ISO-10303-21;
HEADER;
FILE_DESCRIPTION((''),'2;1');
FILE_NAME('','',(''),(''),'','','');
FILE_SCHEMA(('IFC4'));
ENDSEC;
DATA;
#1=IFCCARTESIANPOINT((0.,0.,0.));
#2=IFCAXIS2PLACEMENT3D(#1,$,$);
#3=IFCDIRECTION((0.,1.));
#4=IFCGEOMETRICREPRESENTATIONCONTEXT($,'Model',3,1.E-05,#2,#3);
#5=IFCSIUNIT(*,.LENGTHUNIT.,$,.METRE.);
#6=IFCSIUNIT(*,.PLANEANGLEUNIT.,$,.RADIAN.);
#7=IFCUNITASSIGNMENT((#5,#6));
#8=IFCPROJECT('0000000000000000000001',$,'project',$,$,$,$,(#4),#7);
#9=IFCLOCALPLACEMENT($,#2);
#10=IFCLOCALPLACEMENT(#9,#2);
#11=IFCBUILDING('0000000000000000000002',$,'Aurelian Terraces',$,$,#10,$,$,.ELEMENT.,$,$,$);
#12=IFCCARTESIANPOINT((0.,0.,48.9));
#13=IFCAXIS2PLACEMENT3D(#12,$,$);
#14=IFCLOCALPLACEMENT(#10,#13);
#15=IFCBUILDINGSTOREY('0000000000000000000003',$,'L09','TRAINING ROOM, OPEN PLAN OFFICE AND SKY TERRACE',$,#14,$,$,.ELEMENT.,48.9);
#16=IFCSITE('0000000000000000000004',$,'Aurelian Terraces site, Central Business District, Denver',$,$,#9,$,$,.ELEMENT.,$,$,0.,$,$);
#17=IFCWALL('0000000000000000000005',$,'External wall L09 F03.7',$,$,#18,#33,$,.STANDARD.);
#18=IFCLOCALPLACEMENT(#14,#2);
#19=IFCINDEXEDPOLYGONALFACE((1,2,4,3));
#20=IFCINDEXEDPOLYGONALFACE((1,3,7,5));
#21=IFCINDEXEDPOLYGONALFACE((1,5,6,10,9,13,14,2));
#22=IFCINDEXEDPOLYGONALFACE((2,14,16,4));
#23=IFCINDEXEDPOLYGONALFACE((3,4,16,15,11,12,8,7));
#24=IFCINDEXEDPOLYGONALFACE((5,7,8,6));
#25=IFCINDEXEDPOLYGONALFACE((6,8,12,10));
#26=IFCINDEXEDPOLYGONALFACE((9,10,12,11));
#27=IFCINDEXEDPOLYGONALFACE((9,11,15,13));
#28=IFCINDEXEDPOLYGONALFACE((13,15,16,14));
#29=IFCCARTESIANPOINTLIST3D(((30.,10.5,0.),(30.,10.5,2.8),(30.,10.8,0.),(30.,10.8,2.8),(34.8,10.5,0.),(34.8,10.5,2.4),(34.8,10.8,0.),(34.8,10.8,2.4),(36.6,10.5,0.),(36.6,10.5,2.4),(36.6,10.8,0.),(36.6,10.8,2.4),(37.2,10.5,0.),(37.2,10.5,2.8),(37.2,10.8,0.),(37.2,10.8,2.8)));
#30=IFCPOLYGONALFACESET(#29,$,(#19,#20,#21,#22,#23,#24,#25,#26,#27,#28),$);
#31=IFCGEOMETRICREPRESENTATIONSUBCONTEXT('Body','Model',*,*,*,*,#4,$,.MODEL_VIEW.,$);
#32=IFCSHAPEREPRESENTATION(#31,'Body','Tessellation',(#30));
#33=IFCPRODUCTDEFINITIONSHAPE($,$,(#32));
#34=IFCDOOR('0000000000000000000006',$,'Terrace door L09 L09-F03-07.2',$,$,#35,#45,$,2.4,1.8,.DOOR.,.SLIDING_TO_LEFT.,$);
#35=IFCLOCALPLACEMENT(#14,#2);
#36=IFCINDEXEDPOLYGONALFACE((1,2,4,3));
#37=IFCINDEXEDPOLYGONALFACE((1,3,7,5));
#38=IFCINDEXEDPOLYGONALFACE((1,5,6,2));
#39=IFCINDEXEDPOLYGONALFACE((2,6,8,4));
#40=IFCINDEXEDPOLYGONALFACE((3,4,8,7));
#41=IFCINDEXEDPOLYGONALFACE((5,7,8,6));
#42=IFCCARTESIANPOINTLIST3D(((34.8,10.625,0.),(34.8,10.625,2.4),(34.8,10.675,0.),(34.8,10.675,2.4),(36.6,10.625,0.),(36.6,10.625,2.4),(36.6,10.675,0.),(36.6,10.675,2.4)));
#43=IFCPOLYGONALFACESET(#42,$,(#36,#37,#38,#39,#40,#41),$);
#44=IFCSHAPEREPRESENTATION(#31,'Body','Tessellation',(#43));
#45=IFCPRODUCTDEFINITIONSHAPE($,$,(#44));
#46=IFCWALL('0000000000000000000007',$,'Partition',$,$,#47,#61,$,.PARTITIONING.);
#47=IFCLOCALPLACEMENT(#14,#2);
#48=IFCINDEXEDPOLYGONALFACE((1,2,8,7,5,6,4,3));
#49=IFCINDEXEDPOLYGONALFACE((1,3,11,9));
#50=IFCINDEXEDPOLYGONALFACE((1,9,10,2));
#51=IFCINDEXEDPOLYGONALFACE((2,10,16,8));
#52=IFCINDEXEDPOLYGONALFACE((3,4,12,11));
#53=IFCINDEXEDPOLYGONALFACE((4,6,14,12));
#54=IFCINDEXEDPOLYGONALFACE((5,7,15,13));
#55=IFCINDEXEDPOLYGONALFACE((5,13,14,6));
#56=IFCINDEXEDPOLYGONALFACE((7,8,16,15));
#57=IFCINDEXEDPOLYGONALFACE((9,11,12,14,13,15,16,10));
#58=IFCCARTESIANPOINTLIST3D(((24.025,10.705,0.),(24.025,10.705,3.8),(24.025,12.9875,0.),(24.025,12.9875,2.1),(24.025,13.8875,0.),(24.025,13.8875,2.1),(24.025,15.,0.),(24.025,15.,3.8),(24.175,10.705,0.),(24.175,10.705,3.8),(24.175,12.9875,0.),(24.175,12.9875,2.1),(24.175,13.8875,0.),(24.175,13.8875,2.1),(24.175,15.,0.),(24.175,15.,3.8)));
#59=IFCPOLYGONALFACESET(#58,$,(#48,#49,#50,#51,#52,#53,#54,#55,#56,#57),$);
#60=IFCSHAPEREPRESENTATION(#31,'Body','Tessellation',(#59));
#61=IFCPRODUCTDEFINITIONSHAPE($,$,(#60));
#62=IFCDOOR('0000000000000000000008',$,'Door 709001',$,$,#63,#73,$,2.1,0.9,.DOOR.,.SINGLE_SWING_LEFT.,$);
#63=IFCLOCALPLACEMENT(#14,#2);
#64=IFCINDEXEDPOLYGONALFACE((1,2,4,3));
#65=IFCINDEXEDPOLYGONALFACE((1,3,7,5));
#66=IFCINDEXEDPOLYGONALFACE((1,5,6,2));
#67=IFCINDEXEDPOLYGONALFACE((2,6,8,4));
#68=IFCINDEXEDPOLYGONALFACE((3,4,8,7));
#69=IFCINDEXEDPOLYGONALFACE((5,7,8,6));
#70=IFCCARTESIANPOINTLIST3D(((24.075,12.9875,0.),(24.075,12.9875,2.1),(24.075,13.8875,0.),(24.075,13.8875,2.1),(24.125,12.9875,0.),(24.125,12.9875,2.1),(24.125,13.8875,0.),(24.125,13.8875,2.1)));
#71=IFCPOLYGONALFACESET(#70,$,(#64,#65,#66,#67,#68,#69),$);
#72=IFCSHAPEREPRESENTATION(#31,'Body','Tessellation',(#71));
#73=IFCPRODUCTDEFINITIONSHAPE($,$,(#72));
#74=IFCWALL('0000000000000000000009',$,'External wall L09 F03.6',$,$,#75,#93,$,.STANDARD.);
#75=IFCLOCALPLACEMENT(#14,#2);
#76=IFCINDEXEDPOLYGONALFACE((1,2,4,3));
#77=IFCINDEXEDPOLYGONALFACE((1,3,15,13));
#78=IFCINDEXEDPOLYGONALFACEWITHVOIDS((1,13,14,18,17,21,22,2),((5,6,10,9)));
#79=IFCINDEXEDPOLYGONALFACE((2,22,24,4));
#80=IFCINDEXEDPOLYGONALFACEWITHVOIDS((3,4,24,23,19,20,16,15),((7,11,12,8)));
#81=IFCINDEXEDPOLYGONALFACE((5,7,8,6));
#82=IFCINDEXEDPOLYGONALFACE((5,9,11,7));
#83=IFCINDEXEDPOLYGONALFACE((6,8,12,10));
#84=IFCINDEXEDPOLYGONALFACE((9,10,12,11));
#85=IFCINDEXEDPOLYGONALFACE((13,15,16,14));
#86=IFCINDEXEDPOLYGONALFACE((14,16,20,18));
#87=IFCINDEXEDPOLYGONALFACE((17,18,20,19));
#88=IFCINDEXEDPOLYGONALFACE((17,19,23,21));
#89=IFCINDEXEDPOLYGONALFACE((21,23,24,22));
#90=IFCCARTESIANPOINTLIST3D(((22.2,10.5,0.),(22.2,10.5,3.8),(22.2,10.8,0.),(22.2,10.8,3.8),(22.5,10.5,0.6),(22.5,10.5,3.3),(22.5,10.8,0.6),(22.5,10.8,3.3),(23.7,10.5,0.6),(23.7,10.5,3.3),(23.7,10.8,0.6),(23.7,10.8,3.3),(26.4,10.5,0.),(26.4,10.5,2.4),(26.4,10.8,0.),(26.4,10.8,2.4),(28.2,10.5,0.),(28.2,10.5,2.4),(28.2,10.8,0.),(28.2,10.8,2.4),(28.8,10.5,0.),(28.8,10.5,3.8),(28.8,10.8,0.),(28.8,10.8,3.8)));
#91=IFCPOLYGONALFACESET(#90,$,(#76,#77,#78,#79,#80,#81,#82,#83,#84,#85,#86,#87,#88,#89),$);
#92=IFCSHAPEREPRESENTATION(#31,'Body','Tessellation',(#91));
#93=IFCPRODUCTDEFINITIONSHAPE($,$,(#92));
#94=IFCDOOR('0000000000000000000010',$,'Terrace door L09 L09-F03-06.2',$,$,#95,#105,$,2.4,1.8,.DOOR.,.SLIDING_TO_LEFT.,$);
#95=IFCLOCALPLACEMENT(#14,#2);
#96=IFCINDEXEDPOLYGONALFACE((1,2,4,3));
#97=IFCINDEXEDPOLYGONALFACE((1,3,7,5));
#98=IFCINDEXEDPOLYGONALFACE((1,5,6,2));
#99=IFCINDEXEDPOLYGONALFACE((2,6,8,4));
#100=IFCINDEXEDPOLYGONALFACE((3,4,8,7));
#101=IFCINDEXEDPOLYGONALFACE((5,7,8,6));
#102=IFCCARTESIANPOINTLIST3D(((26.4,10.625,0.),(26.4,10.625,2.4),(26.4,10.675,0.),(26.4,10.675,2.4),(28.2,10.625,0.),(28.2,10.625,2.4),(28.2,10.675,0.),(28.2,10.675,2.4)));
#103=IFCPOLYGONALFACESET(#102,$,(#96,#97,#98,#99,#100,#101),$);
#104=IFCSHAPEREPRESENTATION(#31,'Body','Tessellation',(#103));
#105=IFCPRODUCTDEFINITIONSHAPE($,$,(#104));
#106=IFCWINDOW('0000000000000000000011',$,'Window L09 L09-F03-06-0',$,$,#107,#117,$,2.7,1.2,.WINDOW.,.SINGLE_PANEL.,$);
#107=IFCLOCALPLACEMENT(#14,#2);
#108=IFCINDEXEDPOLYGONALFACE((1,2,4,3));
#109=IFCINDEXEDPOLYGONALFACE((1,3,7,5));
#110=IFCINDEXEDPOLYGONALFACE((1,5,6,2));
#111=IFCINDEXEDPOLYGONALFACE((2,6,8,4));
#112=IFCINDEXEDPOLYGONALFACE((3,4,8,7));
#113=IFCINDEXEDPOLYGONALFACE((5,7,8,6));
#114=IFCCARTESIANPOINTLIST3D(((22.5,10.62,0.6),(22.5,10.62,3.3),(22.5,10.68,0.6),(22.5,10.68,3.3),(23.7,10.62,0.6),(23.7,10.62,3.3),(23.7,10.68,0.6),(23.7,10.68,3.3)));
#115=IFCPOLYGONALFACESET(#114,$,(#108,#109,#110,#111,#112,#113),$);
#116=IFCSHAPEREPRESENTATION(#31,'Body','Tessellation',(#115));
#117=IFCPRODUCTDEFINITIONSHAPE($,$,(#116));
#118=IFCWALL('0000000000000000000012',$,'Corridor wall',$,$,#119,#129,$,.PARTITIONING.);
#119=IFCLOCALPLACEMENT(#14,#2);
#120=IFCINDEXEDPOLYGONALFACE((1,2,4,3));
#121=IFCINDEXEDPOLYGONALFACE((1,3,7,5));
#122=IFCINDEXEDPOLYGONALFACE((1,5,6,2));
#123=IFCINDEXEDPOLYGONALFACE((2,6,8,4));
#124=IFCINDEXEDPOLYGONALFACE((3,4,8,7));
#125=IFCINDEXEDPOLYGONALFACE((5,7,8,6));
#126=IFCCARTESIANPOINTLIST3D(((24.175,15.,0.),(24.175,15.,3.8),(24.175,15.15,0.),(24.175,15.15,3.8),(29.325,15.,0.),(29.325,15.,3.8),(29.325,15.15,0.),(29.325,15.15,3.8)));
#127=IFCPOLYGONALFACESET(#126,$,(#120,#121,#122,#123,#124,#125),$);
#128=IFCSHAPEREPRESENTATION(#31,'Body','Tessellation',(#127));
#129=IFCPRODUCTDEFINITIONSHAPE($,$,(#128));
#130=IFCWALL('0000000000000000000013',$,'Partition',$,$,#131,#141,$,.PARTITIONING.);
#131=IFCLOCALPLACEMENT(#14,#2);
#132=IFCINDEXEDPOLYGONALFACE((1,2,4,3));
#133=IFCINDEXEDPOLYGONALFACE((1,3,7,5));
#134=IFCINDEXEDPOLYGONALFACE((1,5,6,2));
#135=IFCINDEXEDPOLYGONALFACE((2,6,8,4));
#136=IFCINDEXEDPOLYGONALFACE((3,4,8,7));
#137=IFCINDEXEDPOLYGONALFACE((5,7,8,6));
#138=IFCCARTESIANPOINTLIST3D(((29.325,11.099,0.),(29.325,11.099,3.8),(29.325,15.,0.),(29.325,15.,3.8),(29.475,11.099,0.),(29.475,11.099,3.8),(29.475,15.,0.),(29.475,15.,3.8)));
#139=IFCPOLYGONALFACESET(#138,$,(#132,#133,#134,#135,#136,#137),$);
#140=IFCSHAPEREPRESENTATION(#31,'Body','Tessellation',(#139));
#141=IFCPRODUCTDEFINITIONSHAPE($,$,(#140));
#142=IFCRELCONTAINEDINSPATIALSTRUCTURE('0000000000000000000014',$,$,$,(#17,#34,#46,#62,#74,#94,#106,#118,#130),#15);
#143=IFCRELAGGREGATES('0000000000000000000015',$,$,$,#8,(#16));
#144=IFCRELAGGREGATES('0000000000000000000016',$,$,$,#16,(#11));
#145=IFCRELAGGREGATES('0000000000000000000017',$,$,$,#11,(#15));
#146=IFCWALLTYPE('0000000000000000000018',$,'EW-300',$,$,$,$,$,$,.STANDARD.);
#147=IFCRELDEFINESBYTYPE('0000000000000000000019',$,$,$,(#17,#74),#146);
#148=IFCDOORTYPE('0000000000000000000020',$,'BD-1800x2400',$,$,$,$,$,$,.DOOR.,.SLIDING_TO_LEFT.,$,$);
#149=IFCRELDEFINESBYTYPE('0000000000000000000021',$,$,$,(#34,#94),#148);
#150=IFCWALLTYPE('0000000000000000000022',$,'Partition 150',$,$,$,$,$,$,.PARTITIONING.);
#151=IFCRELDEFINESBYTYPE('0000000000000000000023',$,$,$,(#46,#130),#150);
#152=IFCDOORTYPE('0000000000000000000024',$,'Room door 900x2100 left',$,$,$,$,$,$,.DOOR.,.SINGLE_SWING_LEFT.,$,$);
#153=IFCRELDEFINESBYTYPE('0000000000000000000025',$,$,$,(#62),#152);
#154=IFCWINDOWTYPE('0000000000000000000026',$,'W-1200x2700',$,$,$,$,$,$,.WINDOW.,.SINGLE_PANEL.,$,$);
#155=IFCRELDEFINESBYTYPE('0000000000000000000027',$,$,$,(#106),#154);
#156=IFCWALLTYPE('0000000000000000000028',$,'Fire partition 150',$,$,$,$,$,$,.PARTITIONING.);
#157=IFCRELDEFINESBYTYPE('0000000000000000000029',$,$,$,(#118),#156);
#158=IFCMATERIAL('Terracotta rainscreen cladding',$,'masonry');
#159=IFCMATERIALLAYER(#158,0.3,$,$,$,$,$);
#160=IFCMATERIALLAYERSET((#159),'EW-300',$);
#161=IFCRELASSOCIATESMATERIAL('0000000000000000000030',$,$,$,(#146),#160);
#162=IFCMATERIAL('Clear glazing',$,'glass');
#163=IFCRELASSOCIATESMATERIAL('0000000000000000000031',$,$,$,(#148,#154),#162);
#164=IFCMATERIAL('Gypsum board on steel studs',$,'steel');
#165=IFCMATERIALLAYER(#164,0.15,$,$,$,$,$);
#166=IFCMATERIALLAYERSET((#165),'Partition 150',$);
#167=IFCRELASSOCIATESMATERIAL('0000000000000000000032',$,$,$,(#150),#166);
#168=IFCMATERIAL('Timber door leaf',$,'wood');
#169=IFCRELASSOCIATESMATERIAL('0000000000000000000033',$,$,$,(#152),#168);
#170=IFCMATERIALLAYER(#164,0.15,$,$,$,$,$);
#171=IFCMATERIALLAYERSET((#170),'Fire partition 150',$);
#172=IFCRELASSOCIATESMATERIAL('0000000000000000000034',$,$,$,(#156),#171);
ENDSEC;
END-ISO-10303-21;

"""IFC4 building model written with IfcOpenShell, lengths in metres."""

from ifc_helpers import new_model, si_unit, direction, frame, frame_2d, origin, place, context, subcontext, project, spatial, rectangle, extrude, source, transform, mapped, material, layer, layer_set, type_object, element, fill, save


model = new_model("IFC4")

# Units and contexts
model_context = context("Model", 3, precision=1e-05, world=origin(), true_north=direction((0.0, 1.0)))
body_context = subcontext(model_context, "Body", "Model", "MODEL_VIEW")
ifc_project = project(units=[si_unit("LENGTHUNIT", "METRE"), si_unit("PLANEANGLEUNIT", "RADIAN")], contexts=[model_context])

# Site, building, storey
site_placement = place(None, origin())
site = spatial("IfcSite", under=ifc_project, at=site_placement, Name="Aurelian Terraces site, Central Business District, Denver", CompositionType="ELEMENT", RefElevation=0.0)
building_placement = place(site_placement, origin())
building = spatial("IfcBuilding", under=site, at=building_placement, Name="Aurelian Terraces", CompositionType="ELEMENT")
storey_placement = place(building_placement, frame((0.0, 0.0, 48.9)))
storey = spatial("IfcBuildingStorey", under=building, at=storey_placement, Name="L09", Description="TRAINING ROOM, OPEN PLAN OFFICE AND SKY TERRACE", CompositionType="ELEMENT", Elevation=48.9)

# Walls, openings, doors
ifc_material_1 = material(Name="Terracotta rainscreen cladding", Category="masonry")
ifc_layer_1 = layer(ifc_material_1, 0.3)
ifc_layer_set_1 = layer_set([ifc_layer_1], Name="EW-300")
wall_type_1 = type_object("IfcWallType", Name="EW-300", PredefinedType="STANDARD", material=ifc_layer_set_1)
wall_1_placement = place(storey_placement, frame((30.0, 10.65, 0.0), z_axis=(0.0, 0.0, 1.0), x_axis=(1.0, 0.0, 0.0)))
wall_1 = element("IfcWall", 1, at=wall_1_placement, inside=storey, type_object=wall_type_1, Name="External wall L09 F03.7", PredefinedType="STANDARD", context=body_context, shape_type="SweptSolid", body=[
    extrude(rectangle(XDim=7.2, YDim=0.3, at=frame_2d((3.6, 0.0))), origin(), (0.0, 0.0, 1.0), 2.8),
])
shared_shape_1 = source(origin(), body_context, "Body", "SweptSolid", [
    extrude(rectangle(XDim=1.8, YDim=2.4, at=frame_2d((0.9, 1.2))), frame((0.0, 0.16, 0.0), z_axis=(0.0, -1.0, 0.0), x_axis=(1.0, 0.0, 0.0)), (0.0, 0.0, 1.0), 0.32),
])
opening_1_placement = place(wall_1_placement, frame((4.8, 0.0, 0.0)))
opening_1 = element("IfcOpeningElement", 2, at=opening_1_placement, cuts=wall_1, PredefinedType="OPENING", context=body_context, shape_type="MappedRepresentation", body=[
    mapped(shared_shape_1, transform((0.0, 0.0, 0.0), scale=1.0)),
])
ifc_material_2 = material(Name="Clear glazing", Category="glass")
door_type_1 = type_object("IfcDoorType", Name="BD-1800x2400", OperationType="SLIDING_TO_LEFT", PredefinedType="DOOR", material=ifc_material_2)
shared_shape_2 = source(origin(), body_context, "Body", "SweptSolid", [
    extrude(rectangle(XDim=1.8, YDim=2.4, at=frame_2d((0.9, 1.2))), frame((0.0, 0.025, 0.0), z_axis=(0.0, -1.0, 0.0), x_axis=(1.0, 0.0, 0.0)), (0.0, 0.0, 1.0), 0.05),
])
door_1_placement = place(opening_1_placement, origin())
door_1 = element("IfcDoor", 3, at=door_1_placement, inside=storey, type_object=door_type_1, Name="Terrace door L09 L09-F03-07.2", OperationType="SLIDING_TO_LEFT", OverallHeight=2.4, OverallWidth=1.8, PredefinedType="DOOR", context=body_context, shape_type="MappedRepresentation", body=[
    mapped(shared_shape_2, transform((0.0, 0.0, 0.0), scale=1.0)),
])
fill(opening_1, door_1)
ifc_material_3 = material(Name="Gypsum board on steel studs", Category="steel")
ifc_layer_2 = layer(ifc_material_3, 0.15)
ifc_layer_set_2 = layer_set([ifc_layer_2], Name="Partition 150")
wall_type_2 = type_object("IfcWallType", Name="Partition 150", PredefinedType="PARTITIONING", material=ifc_layer_set_2)
wall_2_placement = place(storey_placement, frame((24.1, 15.0, 0.0), z_axis=(0.0, 0.0, 1.0), x_axis=(0.0, -1.0, 0.0)))
wall_2 = element("IfcWall", 4, at=wall_2_placement, inside=storey, type_object=wall_type_2, Name="Partition", PredefinedType="PARTITIONING", context=body_context, shape_type="SweptSolid", body=[
    extrude(rectangle(XDim=4.295, YDim=0.15, at=frame_2d((2.1475, 0.0))), origin(), (0.0, 0.0, 1.0), 3.8),
])
shared_shape_3 = source(origin(), body_context, "Body", "SweptSolid", [
    extrude(rectangle(XDim=0.9, YDim=2.1, at=frame_2d((0.45, 1.05))), frame((0.0, 0.085, 0.0), z_axis=(0.0, -1.0, 0.0), x_axis=(1.0, 0.0, 0.0)), (0.0, 0.0, 1.0), 0.17),
])
opening_2_placement = place(wall_2_placement, frame((1.1125, 0.0, 0.0)))
opening_2 = element("IfcOpeningElement", 5, at=opening_2_placement, cuts=wall_2, PredefinedType="OPENING", context=body_context, shape_type="MappedRepresentation", body=[
    mapped(shared_shape_3, transform((0.0, 0.0, 0.0), scale=1.0)),
])
ifc_material_4 = material(Name="Timber door leaf", Category="wood")
door_type_2 = type_object("IfcDoorType", Name="Room door 900x2100 left", OperationType="SINGLE_SWING_LEFT", PredefinedType="DOOR", material=ifc_material_4)
shared_shape_4 = source(origin(), body_context, "Body", "SweptSolid", [
    extrude(rectangle(XDim=0.9, YDim=2.1, at=frame_2d((0.45, 1.05))), frame((0.0, 0.025, 0.0), z_axis=(0.0, -1.0, 0.0), x_axis=(1.0, 0.0, 0.0)), (0.0, 0.0, 1.0), 0.05),
])
door_2_placement = place(opening_2_placement, origin())
door_2 = element("IfcDoor", 6, at=door_2_placement, inside=storey, type_object=door_type_2, Name="Door 709001", OperationType="SINGLE_SWING_LEFT", OverallHeight=2.1, OverallWidth=0.9, PredefinedType="DOOR", context=body_context, shape_type="MappedRepresentation", body=[
    mapped(shared_shape_4, transform((0.0, 0.0, 0.0), scale=1.0)),
])
fill(opening_2, door_2)

# Wall, openings, door, window
shared_shape_5 = source(origin(), body_context, "Body", "SweptSolid", [
    extrude(rectangle(XDim=6.6, YDim=0.3, at=frame_2d((3.3, 0.0))), origin(), (0.0, 0.0, 1.0), 3.8),
])
wall_3_placement = place(storey_placement, frame((22.2, 10.65, 0.0), z_axis=(0.0, 0.0, 1.0), x_axis=(1.0, 0.0, 0.0)))
wall_3 = element("IfcWall", 7, at=wall_3_placement, inside=storey, type_object=wall_type_1, Name="External wall L09 F03.6", PredefinedType="STANDARD", context=body_context, shape_type="MappedRepresentation", body=[
    mapped(shared_shape_5, transform((0.0, 0.0, 0.0), scale=1.0)),
])
shared_shape_6 = source(origin(), body_context, "Body", "SweptSolid", [
    extrude(rectangle(XDim=1.2, YDim=2.7, at=frame_2d((0.6, 1.35))), frame((0.0, 0.16, 0.0), z_axis=(0.0, -1.0, 0.0), x_axis=(1.0, 0.0, 0.0)), (0.0, 0.0, 1.0), 0.32),
])
opening_3_placement = place(wall_3_placement, frame((0.3, 0.0, 0.6)))
opening_3 = element("IfcOpeningElement", 8, at=opening_3_placement, cuts=wall_3, PredefinedType="OPENING", context=body_context, shape_type="MappedRepresentation", body=[
    mapped(shared_shape_6, transform((0.0, 0.0, 0.0), scale=1.0)),
])
opening_4_placement = place(wall_3_placement, frame((4.2, 0.0, 0.0)))
opening_4 = element("IfcOpeningElement", 9, at=opening_4_placement, cuts=wall_3, PredefinedType="OPENING", context=body_context, shape_type="MappedRepresentation", body=[
    mapped(shared_shape_1, transform((0.0, 0.0, 0.0), scale=1.0)),
])
door_3_placement = place(opening_4_placement, origin())
door_3 = element("IfcDoor", 10, at=door_3_placement, inside=storey, type_object=door_type_1, Name="Terrace door L09 L09-F03-06.2", OperationType="SLIDING_TO_LEFT", OverallHeight=2.4, OverallWidth=1.8, PredefinedType="DOOR", context=body_context, shape_type="MappedRepresentation", body=[
    mapped(shared_shape_2, transform((0.0, 0.0, 0.0), scale=1.0)),
])
fill(opening_4, door_3)
window_type = type_object("IfcWindowType", Name="W-1200x2700", PartitioningType="SINGLE_PANEL", PredefinedType="WINDOW", material=ifc_material_2)
shared_shape_7 = source(origin(), body_context, "Body", "SweptSolid", [
    extrude(rectangle(XDim=1.2, YDim=2.7, at=frame_2d((0.6, 1.35))), frame((0.0, 0.03, 0.0), z_axis=(0.0, -1.0, 0.0), x_axis=(1.0, 0.0, 0.0)), (0.0, 0.0, 1.0), 0.06),
])
window_placement = place(opening_3_placement, origin())
window = element("IfcWindow", 11, at=window_placement, inside=storey, type_object=window_type, Name="Window L09 L09-F03-06-0", OverallHeight=2.7, OverallWidth=1.2, PartitioningType="SINGLE_PANEL", PredefinedType="WINDOW", context=body_context, shape_type="MappedRepresentation", body=[
    mapped(shared_shape_7, transform((0.0, 0.0, 0.0), scale=1.0)),
])
fill(opening_3, window)

# Walls
ifc_layer_3 = layer(ifc_material_3, 0.15)
ifc_layer_set_3 = layer_set([ifc_layer_3], Name="Fire partition 150")
wall_type_3 = type_object("IfcWallType", Name="Fire partition 150", PredefinedType="PARTITIONING", material=ifc_layer_set_3)
shared_shape_8 = source(origin(), body_context, "Body", "SweptSolid", [
    extrude(rectangle(XDim=5.15, YDim=0.15, at=frame_2d((2.575, 0.0))), origin(), (0.0, 0.0, 1.0), 3.8),
])
wall_4_placement = place(storey_placement, frame((29.325, 15.075, 0.0), z_axis=(0.0, 0.0, 1.0), x_axis=(-1.0, 0.0, 0.0)))
element("IfcWall", 12, at=wall_4_placement, inside=storey, type_object=wall_type_3, Name="Corridor wall", PredefinedType="PARTITIONING", context=body_context, shape_type="MappedRepresentation", body=[
    mapped(shared_shape_8, transform((0.0, 0.0, 0.0), scale=1.0)),
])
shared_shape_9 = source(origin(), body_context, "Body", "SweptSolid", [
    extrude(rectangle(XDim=3.901, YDim=0.15, at=frame_2d((1.9505, 0.0))), origin(), (0.0, 0.0, 1.0), 3.8),
])
wall_5_placement = place(storey_placement, frame((29.4, 11.099, 0.0), z_axis=(0.0, 0.0, 1.0), x_axis=(0.0, 1.0, 0.0)))
element("IfcWall", 13, at=wall_5_placement, inside=storey, type_object=wall_type_2, Name="Partition", PredefinedType="PARTITIONING", context=body_context, shape_type="MappedRepresentation", body=[
    mapped(shared_shape_9, transform((0.0, 0.0, 0.0), scale=1.0)),
])

save(model, "model.ifc")
